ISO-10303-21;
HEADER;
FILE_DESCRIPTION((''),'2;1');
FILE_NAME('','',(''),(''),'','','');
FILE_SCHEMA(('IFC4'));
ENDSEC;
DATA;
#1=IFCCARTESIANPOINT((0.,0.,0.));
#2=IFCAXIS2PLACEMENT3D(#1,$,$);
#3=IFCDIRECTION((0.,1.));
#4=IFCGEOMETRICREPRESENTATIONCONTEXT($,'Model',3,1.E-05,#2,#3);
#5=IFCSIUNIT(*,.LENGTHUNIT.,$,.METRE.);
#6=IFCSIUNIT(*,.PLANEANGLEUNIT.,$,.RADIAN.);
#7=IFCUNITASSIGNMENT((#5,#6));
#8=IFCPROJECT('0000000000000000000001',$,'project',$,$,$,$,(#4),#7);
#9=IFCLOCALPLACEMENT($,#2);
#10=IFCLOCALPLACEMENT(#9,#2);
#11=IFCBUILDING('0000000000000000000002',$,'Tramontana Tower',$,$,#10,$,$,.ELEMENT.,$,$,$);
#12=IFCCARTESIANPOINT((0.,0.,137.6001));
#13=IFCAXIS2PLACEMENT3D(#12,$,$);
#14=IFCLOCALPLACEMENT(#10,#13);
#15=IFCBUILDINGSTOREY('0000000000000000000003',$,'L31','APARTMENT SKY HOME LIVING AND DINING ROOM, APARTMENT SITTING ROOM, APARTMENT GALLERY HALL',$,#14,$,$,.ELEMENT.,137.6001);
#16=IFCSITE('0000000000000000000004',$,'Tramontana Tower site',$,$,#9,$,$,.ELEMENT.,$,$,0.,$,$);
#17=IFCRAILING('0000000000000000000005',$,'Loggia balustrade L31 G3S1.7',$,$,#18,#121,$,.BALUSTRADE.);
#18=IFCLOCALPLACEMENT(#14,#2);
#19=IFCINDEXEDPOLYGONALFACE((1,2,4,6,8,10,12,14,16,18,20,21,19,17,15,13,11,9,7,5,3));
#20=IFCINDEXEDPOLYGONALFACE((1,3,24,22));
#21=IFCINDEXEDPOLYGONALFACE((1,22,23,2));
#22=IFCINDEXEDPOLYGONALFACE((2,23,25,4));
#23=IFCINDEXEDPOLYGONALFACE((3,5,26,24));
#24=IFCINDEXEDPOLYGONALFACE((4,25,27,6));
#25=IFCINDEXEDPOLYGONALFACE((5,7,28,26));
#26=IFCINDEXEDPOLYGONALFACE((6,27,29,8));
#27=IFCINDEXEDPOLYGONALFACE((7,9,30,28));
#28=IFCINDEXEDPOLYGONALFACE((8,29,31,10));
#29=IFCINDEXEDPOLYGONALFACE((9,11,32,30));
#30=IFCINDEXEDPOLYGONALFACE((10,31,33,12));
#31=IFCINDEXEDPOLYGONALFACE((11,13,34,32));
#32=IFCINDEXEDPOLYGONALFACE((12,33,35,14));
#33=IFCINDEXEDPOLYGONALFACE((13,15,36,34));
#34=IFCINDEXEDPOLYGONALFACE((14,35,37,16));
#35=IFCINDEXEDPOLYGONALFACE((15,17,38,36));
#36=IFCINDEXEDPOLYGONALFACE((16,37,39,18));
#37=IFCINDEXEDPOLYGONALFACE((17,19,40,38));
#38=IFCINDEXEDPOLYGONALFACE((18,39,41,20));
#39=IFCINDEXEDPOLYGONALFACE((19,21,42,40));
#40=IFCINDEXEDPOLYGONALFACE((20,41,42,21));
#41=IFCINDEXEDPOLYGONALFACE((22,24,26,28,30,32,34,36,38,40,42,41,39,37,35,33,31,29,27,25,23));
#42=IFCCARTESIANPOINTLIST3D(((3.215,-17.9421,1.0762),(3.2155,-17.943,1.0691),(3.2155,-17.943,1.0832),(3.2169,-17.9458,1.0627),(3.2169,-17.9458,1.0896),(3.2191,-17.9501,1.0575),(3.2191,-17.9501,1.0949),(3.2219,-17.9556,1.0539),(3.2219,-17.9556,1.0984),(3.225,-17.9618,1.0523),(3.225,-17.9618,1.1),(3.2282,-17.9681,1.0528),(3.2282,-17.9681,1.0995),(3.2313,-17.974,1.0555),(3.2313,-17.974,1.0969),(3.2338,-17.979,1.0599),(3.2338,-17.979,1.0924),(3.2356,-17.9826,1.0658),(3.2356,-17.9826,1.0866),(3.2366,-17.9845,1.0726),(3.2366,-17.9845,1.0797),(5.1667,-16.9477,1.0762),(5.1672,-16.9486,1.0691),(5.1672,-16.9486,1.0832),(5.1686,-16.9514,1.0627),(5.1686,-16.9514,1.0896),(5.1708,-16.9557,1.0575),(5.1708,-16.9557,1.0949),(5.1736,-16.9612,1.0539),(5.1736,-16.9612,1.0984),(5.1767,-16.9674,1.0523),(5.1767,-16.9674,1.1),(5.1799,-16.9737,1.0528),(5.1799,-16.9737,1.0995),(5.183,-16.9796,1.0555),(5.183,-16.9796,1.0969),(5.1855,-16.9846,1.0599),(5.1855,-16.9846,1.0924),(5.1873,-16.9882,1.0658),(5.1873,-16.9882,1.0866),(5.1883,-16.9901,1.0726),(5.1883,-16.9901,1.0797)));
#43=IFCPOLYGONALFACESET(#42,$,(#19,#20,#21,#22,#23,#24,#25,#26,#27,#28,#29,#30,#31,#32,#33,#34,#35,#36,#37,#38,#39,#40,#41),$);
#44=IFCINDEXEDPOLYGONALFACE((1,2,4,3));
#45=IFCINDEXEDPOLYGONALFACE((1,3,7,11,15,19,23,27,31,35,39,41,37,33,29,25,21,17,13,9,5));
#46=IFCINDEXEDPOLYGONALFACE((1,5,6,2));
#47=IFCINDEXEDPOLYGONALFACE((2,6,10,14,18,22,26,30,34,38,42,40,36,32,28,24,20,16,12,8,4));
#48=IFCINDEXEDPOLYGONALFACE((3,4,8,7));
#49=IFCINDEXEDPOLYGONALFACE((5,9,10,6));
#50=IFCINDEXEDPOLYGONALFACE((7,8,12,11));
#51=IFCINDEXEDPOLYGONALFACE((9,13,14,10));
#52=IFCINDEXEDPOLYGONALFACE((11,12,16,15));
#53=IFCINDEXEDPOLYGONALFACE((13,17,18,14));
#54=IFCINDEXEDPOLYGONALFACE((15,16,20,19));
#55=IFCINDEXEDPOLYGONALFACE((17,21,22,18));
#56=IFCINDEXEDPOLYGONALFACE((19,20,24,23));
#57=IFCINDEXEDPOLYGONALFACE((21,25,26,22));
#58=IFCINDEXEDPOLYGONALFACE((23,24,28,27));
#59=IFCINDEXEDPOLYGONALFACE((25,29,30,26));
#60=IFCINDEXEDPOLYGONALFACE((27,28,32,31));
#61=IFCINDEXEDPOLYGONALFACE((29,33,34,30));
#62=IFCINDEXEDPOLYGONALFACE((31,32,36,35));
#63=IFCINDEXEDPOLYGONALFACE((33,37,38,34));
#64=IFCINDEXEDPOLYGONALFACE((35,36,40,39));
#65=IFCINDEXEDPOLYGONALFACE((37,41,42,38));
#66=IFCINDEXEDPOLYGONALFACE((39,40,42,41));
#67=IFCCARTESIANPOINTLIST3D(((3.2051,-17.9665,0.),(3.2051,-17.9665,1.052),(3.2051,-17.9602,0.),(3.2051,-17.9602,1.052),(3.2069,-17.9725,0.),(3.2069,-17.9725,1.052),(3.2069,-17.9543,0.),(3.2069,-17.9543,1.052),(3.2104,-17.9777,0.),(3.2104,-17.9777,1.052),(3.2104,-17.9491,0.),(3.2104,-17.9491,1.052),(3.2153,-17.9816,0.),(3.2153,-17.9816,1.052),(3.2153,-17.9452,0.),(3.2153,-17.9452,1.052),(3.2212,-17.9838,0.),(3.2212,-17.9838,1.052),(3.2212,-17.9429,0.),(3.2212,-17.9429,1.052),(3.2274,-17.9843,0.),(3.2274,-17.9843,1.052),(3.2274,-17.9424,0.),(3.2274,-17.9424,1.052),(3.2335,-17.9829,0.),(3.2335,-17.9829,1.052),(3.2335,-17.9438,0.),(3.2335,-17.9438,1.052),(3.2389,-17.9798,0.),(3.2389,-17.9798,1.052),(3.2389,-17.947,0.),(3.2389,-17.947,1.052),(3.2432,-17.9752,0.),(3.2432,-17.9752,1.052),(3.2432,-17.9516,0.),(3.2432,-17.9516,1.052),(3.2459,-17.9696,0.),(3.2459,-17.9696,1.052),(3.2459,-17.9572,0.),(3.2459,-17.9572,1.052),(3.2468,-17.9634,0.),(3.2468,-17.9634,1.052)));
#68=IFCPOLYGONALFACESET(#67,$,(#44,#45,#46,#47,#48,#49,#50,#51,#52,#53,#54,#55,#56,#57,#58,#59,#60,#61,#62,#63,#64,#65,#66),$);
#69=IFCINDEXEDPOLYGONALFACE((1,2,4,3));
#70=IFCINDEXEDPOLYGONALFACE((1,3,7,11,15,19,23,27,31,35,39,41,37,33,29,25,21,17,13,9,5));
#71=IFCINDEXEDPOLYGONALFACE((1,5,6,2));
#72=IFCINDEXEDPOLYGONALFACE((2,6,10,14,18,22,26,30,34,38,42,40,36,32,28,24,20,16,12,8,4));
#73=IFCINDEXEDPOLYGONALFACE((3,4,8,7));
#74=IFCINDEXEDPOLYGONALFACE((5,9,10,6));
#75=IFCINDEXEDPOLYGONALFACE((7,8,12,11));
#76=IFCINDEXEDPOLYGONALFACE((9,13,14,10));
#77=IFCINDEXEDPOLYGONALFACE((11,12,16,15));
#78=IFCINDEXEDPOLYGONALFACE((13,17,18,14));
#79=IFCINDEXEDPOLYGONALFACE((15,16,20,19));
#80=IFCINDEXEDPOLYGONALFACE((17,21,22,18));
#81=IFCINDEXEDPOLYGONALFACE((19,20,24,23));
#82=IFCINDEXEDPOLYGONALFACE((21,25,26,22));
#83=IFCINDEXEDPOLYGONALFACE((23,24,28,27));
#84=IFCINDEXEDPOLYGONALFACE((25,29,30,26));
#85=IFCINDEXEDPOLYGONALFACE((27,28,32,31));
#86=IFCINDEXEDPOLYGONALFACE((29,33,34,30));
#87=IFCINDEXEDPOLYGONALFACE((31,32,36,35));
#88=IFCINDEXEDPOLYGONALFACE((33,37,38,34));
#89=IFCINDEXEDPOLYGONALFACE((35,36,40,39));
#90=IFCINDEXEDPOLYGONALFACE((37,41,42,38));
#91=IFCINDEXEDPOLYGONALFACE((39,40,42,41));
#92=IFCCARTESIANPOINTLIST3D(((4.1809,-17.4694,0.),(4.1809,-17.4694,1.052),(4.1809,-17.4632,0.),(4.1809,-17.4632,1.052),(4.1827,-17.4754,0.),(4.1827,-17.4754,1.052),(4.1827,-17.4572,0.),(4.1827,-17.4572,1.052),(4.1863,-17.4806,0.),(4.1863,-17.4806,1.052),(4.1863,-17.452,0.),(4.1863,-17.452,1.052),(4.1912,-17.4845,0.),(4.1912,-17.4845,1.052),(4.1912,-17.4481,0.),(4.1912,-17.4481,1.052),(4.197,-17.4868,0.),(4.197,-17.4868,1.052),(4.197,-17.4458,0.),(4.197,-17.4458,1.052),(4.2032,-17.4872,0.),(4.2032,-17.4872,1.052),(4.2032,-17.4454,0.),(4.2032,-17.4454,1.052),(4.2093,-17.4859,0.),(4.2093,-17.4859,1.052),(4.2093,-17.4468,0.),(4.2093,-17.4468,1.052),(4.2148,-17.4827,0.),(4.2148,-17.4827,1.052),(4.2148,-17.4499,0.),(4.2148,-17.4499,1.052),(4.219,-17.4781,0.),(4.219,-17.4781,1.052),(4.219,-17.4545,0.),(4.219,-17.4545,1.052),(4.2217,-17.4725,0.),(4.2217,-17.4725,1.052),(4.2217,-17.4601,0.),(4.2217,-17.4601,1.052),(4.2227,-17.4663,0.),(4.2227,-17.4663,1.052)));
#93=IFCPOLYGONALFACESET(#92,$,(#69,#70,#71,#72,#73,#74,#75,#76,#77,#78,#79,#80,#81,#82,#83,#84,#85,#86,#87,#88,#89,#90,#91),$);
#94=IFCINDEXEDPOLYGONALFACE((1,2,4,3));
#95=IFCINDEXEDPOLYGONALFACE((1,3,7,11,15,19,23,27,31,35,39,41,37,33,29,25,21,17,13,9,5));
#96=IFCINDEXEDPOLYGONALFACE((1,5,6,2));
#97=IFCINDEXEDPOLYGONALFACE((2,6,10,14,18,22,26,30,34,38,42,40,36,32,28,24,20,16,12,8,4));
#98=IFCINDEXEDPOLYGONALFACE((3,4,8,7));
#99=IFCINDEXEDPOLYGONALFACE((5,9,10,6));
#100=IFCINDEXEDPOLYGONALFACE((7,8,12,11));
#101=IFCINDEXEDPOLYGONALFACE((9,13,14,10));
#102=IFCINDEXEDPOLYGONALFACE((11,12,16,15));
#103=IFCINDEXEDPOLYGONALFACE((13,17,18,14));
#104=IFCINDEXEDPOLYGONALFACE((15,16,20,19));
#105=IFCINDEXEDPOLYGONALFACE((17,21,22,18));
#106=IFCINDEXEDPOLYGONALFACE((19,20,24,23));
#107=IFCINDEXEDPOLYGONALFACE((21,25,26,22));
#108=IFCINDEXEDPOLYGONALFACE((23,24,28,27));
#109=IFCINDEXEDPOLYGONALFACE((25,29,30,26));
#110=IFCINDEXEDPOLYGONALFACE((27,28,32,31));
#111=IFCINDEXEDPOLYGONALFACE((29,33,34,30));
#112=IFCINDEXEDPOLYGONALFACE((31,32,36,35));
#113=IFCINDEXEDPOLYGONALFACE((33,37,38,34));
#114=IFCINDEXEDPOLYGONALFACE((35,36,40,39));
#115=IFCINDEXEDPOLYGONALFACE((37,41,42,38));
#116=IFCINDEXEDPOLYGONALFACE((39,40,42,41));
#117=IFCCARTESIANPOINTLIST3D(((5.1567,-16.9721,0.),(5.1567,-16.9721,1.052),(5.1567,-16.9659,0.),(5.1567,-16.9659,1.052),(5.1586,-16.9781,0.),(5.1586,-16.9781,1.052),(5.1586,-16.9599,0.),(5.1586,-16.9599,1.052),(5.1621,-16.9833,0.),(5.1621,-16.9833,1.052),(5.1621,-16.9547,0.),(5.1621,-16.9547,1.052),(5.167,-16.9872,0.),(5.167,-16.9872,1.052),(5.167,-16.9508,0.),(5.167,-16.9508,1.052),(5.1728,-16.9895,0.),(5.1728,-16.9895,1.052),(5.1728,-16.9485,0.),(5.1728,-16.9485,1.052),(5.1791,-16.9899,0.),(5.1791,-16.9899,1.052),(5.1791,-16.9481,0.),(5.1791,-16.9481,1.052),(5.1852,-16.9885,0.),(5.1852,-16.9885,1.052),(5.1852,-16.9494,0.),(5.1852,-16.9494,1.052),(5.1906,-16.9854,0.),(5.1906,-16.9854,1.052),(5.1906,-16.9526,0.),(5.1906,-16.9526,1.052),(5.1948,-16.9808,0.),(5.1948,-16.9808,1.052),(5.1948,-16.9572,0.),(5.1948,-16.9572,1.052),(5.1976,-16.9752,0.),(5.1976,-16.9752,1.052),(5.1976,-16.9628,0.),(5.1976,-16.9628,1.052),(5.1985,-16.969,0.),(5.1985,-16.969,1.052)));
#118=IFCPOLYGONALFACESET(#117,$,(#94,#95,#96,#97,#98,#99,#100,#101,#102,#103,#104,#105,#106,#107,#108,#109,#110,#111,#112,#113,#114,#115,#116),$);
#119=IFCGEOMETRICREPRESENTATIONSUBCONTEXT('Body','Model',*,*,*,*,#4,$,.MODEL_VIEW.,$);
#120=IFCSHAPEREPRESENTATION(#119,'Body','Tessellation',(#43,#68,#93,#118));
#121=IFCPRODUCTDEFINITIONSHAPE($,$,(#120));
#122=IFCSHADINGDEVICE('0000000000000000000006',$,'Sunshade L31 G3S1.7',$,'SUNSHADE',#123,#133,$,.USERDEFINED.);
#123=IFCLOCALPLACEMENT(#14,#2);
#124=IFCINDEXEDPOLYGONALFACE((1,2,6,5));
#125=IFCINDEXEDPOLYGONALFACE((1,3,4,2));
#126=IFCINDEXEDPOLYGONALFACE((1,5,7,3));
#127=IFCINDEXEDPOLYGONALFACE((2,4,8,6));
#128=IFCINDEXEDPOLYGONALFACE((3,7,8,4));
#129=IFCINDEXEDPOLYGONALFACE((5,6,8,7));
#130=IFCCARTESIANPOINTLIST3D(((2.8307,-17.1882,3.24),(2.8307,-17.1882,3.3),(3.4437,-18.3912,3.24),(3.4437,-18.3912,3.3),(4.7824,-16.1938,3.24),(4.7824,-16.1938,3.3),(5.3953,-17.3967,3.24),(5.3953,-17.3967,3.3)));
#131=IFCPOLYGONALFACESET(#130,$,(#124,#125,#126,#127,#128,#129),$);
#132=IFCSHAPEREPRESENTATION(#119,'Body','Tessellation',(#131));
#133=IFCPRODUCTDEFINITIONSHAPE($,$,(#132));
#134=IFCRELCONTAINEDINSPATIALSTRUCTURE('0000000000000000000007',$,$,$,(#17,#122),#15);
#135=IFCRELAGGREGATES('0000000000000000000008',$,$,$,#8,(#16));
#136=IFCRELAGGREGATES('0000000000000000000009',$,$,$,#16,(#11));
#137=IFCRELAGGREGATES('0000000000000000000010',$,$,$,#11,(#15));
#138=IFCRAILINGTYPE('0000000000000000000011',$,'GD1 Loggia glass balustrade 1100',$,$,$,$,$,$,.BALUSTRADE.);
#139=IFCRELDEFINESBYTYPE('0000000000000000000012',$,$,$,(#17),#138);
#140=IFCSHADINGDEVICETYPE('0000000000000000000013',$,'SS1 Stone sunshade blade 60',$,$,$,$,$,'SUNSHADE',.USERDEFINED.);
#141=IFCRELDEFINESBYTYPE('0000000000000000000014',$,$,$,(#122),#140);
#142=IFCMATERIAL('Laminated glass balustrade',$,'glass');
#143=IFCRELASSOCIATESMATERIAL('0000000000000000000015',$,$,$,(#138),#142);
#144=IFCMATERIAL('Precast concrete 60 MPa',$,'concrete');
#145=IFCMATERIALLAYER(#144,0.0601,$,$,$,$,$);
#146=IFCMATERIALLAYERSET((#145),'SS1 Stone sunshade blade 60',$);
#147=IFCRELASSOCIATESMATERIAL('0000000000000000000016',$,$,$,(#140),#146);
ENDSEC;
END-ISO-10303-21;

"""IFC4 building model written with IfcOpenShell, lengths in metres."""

from ifc_helpers import new_model, si_unit, direction, frame, origin, origin_2d, place, context, subcontext, project, spatial, rectangle, circle, extrude, material, layer, layer_set, type_object, element, save


model = new_model("IFC4")

# Units and contexts
model_context = context("Model", 3, precision=1e-05, world=origin(), true_north=direction((0.0, 1.0)))
body_context = subcontext(model_context, "Body", "Model", "MODEL_VIEW")
ifc_project = project(units=[si_unit("LENGTHUNIT", "METRE"), si_unit("PLANEANGLEUNIT", "RADIAN")], contexts=[model_context])

# Site, building, storey
site_placement = place(None, origin())
site = spatial("IfcSite", under=ifc_project, at=site_placement, Name="Tramontana Tower site", CompositionType="ELEMENT", RefElevation=0.0)
building_placement = place(site_placement, origin())
building = spatial("IfcBuilding", under=site, at=building_placement, Name="Tramontana Tower", CompositionType="ELEMENT")
storey_placement = place(building_placement, frame((0.0, 0.0, 137.6001)))
storey = spatial("IfcBuildingStorey", under=building, at=storey_placement, Name="L31", Description="APARTMENT SKY HOME LIVING AND DINING ROOM, APARTMENT SITTING ROOM, APARTMENT GALLERY HALL", CompositionType="ELEMENT", Elevation=137.6001)

# Railing
ifc_material_1 = material(Name="Laminated glass balustrade", Category="glass")
railing_type = type_object("IfcRailingType", Name="GD1 Loggia glass balustrade 1100", PredefinedType="BALUSTRADE", material=ifc_material_1)
railing_placement = place(storey_placement, frame((3.2258, -17.9634, 0.0)))
element("IfcRailing", 1, at=railing_placement, inside=storey, type_object=railing_type, Name="Loggia balustrade L31 G3S1.7", PredefinedType="BALUSTRADE", context=body_context, shape_type="SweptSolid", body=[
    extrude(circle(Radius=0.0239, at=origin_2d()), frame((0.0, 0.0, 1.0762), z_axis=(0.891013, 0.453978, 0.0), x_axis=(-0.453978, 0.891013, 0.0)), (0.0, 0.0, 1.0), 2.1904),
    extrude(circle(Radius=0.021, at=origin_2d()), origin(), (0.0, 0.0, 1.0), 1.052),
    extrude(circle(Radius=0.021, at=origin_2d()), frame((0.9758, 0.4971, 0.0)), (0.0, 0.0, 1.0), 1.052),
    extrude(circle(Radius=0.021, at=origin_2d()), frame((1.9517, 0.9944, 0.0)), (0.0, 0.0, 1.0), 1.052),
])

# Shading device
ifc_material_2 = material(Name="Precast concrete 60 MPa", Category="concrete")
ifc_layer_1 = layer(ifc_material_2, 0.0601)
ifc_layer_set_1 = layer_set([ifc_layer_1], Name="SS1 Stone sunshade blade 60")
shading_device_type = type_object("IfcShadingDeviceType", Name="SS1 Stone sunshade blade 60", ElementType="SUNSHADE", PredefinedType="USERDEFINED", material=ifc_layer_set_1)
shading_device_placement = place(storey_placement, frame((4.113, -17.2925, 3.24), z_axis=(0.0, 0.0, 1.0), x_axis=(0.891007, 0.45399, 0.0)))
element("IfcShadingDevice", 2, at=shading_device_placement, inside=storey, type_object=shading_device_type, Name="Sunshade L31 G3S1.7", ObjectType="SUNSHADE", PredefinedType="USERDEFINED", context=body_context, shape_type="SweptSolid", body=[
    extrude(rectangle(XDim=2.1904, YDim=1.3501, at=origin_2d()), origin(), (0.0, 0.0, 1.0), 0.0601),
])

save(model, "model.ifc")
